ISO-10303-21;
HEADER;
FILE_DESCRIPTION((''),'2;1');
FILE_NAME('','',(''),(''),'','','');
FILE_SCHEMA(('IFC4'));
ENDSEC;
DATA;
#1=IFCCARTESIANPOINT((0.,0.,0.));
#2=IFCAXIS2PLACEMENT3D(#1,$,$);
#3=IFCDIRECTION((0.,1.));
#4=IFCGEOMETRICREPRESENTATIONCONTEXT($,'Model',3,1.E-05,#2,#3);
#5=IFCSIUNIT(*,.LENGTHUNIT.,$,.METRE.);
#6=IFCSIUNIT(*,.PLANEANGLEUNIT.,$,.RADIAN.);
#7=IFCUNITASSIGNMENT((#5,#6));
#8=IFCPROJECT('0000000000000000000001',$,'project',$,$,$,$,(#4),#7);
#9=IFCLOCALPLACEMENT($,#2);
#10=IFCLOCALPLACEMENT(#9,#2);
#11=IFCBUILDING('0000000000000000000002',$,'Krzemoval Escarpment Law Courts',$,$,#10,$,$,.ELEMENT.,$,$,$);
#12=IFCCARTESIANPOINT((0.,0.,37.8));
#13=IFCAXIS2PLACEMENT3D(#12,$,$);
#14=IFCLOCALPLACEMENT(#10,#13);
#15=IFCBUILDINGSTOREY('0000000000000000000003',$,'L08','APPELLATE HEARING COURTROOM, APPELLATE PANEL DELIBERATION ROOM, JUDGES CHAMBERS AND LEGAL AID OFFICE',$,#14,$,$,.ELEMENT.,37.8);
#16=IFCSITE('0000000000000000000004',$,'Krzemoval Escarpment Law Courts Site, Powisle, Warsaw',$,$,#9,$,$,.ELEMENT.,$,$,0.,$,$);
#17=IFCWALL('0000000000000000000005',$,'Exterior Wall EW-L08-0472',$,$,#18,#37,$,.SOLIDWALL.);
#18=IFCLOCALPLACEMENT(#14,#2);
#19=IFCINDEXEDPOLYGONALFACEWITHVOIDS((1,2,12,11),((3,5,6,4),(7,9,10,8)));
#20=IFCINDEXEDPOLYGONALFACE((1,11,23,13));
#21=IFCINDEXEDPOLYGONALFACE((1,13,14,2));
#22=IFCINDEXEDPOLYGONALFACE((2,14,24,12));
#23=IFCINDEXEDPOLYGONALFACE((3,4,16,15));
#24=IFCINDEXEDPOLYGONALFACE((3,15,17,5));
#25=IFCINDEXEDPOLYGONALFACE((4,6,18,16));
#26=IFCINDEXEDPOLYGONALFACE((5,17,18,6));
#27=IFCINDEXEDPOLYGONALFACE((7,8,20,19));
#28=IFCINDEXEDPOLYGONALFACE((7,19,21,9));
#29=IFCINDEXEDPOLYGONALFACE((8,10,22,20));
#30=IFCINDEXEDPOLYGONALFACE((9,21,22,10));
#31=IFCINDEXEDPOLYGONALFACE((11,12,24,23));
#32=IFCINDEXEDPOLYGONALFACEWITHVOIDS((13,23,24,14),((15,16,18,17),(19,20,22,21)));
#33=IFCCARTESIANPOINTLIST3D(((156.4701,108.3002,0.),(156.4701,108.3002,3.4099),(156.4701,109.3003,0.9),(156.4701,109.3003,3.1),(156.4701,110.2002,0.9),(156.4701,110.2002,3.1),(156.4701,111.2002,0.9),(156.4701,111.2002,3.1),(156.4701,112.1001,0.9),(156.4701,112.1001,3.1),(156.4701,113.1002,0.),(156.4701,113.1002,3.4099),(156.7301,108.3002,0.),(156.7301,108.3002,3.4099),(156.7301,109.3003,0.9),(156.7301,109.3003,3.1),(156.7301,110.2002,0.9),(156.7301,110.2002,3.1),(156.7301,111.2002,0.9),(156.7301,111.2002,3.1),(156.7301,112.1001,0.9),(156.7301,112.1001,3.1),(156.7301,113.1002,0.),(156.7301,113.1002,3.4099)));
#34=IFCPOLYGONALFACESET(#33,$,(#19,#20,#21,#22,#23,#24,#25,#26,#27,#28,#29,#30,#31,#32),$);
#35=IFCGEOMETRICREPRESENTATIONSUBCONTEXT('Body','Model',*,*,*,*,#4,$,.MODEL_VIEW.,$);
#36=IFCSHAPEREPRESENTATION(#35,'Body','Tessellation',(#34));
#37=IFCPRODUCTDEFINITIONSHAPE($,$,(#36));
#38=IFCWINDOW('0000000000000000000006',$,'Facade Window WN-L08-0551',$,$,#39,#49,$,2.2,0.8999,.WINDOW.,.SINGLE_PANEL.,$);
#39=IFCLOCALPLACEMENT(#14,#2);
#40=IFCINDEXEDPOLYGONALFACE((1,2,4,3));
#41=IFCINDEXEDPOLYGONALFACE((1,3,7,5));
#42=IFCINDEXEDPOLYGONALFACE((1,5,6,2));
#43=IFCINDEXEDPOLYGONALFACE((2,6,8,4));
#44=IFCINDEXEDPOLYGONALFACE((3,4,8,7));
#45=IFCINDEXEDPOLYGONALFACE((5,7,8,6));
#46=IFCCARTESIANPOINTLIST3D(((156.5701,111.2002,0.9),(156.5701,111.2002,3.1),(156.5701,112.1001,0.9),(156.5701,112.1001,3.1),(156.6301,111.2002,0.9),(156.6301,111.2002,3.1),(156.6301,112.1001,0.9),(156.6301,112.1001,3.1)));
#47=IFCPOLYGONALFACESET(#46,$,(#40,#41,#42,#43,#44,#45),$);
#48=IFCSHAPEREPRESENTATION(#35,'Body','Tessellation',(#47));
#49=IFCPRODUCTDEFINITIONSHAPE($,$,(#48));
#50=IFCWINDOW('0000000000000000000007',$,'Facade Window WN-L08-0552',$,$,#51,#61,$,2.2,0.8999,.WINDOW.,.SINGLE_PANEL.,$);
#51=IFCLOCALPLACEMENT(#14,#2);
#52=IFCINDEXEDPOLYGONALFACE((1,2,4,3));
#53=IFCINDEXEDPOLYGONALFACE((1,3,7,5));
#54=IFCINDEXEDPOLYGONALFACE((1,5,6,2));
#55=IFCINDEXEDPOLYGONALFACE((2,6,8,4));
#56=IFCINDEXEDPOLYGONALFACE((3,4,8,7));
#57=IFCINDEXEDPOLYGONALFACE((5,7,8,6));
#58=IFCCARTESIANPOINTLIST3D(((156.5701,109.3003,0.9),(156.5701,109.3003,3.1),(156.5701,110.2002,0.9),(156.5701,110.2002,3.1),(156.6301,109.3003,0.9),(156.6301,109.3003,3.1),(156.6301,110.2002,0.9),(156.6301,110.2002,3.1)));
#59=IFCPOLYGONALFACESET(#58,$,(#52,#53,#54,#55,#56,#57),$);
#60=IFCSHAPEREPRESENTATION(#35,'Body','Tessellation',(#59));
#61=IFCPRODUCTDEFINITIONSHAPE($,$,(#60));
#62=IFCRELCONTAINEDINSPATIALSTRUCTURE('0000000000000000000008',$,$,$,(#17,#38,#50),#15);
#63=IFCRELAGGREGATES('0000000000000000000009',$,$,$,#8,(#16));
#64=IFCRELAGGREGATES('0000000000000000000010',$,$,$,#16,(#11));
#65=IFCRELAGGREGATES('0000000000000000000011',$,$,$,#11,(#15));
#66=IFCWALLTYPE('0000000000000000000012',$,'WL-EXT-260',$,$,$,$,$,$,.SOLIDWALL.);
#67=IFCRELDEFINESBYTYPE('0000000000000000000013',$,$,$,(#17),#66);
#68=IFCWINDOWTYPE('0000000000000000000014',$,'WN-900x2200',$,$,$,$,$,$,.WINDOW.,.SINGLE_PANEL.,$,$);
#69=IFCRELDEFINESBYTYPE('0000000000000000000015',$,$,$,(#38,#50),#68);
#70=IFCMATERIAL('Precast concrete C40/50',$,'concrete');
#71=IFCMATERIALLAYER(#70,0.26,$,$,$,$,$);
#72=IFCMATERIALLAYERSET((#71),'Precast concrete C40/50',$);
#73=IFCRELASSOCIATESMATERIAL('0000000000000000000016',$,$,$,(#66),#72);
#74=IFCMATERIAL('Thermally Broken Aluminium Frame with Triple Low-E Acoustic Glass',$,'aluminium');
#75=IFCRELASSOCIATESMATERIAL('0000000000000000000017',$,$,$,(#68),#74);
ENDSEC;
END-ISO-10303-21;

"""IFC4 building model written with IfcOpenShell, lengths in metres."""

from ifc_helpers import new_model, si_unit, direction, frame, frame_2d, origin, place, context, subcontext, project, spatial, rectangle, extrude, material, layer, layer_set, type_object, element, fill, save


model = new_model("IFC4")

# Units and contexts
model_context = context("Model", 3, precision=1e-05, world=origin(), true_north=direction((0.0, 1.0)))
body_context = subcontext(model_context, "Body", "Model", "MODEL_VIEW")
ifc_project = project(units=[si_unit("LENGTHUNIT", "METRE"), si_unit("PLANEANGLEUNIT", "RADIAN")], contexts=[model_context])

# Site, building, storey
site_placement = place(None, origin())
site = spatial("IfcSite", under=ifc_project, at=site_placement, Name="Krzemoval Escarpment Law Courts Site, Powisle, Warsaw", CompositionType="ELEMENT", RefElevation=0.0)
building_placement = place(site_placement, origin())
building = spatial("IfcBuilding", under=site, at=building_placement, Name="Krzemoval Escarpment Law Courts", CompositionType="ELEMENT")
storey_placement = place(building_placement, frame((0.0, 0.0, 37.8)))
storey = spatial("IfcBuildingStorey", under=building, at=storey_placement, Name="L08", Description="APPELLATE HEARING COURTROOM, APPELLATE PANEL DELIBERATION ROOM, JUDGES CHAMBERS AND LEGAL AID OFFICE", CompositionType="ELEMENT", Elevation=37.8)

# Wall, openings, windows
ifc_material_1 = material(Name="Precast concrete C40/50", Category="concrete")
ifc_layer_1 = layer(ifc_material_1, 0.26)
ifc_layer_set_1 = layer_set([ifc_layer_1], Name="Precast concrete C40/50")
wall_type = type_object("IfcWallType", Name="WL-EXT-260", PredefinedType="SOLIDWALL", material=ifc_layer_set_1)
wall_placement = place(storey_placement, frame((156.6001, 113.1001, 0.0), z_axis=(0.0, 0.0, 1.0), x_axis=(0.0, -1.0, 0.0)))
wall = element("IfcWall", 1, at=wall_placement, inside=storey, type_object=wall_type, Name="Exterior Wall EW-L08-0472", PredefinedType="SOLIDWALL", context=body_context, shape_type="SweptSolid", body=[
    extrude(rectangle(XDim=4.8, YDim=0.26, at=frame_2d((2.3999, 0.0))), origin(), (0.0, 0.0, 1.0), 3.4099),
])
opening_1_placement = place(wall_placement, frame((1.0, 0.0, 0.8999)))
opening_1 = element("IfcOpeningElement", 2, at=opening_1_placement, cuts=wall, PredefinedType="OPENING", context=body_context, shape_type="SweptSolid", body=[
    extrude(rectangle(XDim=0.8999, YDim=2.2, at=frame_2d((0.45, 1.1001))), frame((0.0, 0.145, 0.0), z_axis=(0.0, -1.0, 0.0), x_axis=(1.0, 0.0, 0.0)), (0.0, 0.0, 1.0), 0.29),
])
opening_2_placement = place(wall_placement, frame((2.8999, 0.0, 0.8999)))
opening_2 = element("IfcOpeningElement", 3, at=opening_2_placement, cuts=wall, PredefinedType="OPENING", context=body_context, shape_type="SweptSolid", body=[
    extrude(rectangle(XDim=0.8999, YDim=2.2, at=frame_2d((0.45, 1.1001))), frame((0.0, 0.145, 0.0), z_axis=(0.0, -1.0, 0.0), x_axis=(1.0, 0.0, 0.0)), (0.0, 0.0, 1.0), 0.29),
])
ifc_material_2 = material(Name="Thermally Broken Aluminium Frame with Triple Low-E Acoustic Glass", Category="aluminium")
window_type = type_object("IfcWindowType", Name="WN-900x2200", PartitioningType="SINGLE_PANEL", PredefinedType="WINDOW", material=ifc_material_2)
window_1_placement = place(opening_1_placement, origin())
window_1 = element("IfcWindow", 4, at=window_1_placement, inside=storey, type_object=window_type, Name="Facade Window WN-L08-0551", OverallHeight=2.2, OverallWidth=0.8999, PartitioningType="SINGLE_PANEL", PredefinedType="WINDOW", context=body_context, shape_type="SweptSolid", body=[
    extrude(rectangle(XDim=0.8999, YDim=2.2, at=frame_2d((0.45, 1.1001))), frame((0.0, 0.03, 0.0), z_axis=(0.0, -1.0, 0.0), x_axis=(1.0, 0.0, 0.0)), (0.0, 0.0, 1.0), 0.0601),
])
fill(opening_1, window_1)
window_2_placement = place(opening_2_placement, origin())
window_2 = element("IfcWindow", 5, at=window_2_placement, inside=storey, type_object=window_type, Name="Facade Window WN-L08-0552", OverallHeight=2.2, OverallWidth=0.8999, PartitioningType="SINGLE_PANEL", PredefinedType="WINDOW", context=body_context, shape_type="SweptSolid", body=[
    extrude(rectangle(XDim=0.8999, YDim=2.2, at=frame_2d((0.45, 1.1001))), frame((0.0, 0.03, 0.0), z_axis=(0.0, -1.0, 0.0), x_axis=(1.0, 0.0, 0.0)), (0.0, 0.0, 1.0), 0.0601),
])
fill(opening_2, window_2)

save(model, "model.ifc")
